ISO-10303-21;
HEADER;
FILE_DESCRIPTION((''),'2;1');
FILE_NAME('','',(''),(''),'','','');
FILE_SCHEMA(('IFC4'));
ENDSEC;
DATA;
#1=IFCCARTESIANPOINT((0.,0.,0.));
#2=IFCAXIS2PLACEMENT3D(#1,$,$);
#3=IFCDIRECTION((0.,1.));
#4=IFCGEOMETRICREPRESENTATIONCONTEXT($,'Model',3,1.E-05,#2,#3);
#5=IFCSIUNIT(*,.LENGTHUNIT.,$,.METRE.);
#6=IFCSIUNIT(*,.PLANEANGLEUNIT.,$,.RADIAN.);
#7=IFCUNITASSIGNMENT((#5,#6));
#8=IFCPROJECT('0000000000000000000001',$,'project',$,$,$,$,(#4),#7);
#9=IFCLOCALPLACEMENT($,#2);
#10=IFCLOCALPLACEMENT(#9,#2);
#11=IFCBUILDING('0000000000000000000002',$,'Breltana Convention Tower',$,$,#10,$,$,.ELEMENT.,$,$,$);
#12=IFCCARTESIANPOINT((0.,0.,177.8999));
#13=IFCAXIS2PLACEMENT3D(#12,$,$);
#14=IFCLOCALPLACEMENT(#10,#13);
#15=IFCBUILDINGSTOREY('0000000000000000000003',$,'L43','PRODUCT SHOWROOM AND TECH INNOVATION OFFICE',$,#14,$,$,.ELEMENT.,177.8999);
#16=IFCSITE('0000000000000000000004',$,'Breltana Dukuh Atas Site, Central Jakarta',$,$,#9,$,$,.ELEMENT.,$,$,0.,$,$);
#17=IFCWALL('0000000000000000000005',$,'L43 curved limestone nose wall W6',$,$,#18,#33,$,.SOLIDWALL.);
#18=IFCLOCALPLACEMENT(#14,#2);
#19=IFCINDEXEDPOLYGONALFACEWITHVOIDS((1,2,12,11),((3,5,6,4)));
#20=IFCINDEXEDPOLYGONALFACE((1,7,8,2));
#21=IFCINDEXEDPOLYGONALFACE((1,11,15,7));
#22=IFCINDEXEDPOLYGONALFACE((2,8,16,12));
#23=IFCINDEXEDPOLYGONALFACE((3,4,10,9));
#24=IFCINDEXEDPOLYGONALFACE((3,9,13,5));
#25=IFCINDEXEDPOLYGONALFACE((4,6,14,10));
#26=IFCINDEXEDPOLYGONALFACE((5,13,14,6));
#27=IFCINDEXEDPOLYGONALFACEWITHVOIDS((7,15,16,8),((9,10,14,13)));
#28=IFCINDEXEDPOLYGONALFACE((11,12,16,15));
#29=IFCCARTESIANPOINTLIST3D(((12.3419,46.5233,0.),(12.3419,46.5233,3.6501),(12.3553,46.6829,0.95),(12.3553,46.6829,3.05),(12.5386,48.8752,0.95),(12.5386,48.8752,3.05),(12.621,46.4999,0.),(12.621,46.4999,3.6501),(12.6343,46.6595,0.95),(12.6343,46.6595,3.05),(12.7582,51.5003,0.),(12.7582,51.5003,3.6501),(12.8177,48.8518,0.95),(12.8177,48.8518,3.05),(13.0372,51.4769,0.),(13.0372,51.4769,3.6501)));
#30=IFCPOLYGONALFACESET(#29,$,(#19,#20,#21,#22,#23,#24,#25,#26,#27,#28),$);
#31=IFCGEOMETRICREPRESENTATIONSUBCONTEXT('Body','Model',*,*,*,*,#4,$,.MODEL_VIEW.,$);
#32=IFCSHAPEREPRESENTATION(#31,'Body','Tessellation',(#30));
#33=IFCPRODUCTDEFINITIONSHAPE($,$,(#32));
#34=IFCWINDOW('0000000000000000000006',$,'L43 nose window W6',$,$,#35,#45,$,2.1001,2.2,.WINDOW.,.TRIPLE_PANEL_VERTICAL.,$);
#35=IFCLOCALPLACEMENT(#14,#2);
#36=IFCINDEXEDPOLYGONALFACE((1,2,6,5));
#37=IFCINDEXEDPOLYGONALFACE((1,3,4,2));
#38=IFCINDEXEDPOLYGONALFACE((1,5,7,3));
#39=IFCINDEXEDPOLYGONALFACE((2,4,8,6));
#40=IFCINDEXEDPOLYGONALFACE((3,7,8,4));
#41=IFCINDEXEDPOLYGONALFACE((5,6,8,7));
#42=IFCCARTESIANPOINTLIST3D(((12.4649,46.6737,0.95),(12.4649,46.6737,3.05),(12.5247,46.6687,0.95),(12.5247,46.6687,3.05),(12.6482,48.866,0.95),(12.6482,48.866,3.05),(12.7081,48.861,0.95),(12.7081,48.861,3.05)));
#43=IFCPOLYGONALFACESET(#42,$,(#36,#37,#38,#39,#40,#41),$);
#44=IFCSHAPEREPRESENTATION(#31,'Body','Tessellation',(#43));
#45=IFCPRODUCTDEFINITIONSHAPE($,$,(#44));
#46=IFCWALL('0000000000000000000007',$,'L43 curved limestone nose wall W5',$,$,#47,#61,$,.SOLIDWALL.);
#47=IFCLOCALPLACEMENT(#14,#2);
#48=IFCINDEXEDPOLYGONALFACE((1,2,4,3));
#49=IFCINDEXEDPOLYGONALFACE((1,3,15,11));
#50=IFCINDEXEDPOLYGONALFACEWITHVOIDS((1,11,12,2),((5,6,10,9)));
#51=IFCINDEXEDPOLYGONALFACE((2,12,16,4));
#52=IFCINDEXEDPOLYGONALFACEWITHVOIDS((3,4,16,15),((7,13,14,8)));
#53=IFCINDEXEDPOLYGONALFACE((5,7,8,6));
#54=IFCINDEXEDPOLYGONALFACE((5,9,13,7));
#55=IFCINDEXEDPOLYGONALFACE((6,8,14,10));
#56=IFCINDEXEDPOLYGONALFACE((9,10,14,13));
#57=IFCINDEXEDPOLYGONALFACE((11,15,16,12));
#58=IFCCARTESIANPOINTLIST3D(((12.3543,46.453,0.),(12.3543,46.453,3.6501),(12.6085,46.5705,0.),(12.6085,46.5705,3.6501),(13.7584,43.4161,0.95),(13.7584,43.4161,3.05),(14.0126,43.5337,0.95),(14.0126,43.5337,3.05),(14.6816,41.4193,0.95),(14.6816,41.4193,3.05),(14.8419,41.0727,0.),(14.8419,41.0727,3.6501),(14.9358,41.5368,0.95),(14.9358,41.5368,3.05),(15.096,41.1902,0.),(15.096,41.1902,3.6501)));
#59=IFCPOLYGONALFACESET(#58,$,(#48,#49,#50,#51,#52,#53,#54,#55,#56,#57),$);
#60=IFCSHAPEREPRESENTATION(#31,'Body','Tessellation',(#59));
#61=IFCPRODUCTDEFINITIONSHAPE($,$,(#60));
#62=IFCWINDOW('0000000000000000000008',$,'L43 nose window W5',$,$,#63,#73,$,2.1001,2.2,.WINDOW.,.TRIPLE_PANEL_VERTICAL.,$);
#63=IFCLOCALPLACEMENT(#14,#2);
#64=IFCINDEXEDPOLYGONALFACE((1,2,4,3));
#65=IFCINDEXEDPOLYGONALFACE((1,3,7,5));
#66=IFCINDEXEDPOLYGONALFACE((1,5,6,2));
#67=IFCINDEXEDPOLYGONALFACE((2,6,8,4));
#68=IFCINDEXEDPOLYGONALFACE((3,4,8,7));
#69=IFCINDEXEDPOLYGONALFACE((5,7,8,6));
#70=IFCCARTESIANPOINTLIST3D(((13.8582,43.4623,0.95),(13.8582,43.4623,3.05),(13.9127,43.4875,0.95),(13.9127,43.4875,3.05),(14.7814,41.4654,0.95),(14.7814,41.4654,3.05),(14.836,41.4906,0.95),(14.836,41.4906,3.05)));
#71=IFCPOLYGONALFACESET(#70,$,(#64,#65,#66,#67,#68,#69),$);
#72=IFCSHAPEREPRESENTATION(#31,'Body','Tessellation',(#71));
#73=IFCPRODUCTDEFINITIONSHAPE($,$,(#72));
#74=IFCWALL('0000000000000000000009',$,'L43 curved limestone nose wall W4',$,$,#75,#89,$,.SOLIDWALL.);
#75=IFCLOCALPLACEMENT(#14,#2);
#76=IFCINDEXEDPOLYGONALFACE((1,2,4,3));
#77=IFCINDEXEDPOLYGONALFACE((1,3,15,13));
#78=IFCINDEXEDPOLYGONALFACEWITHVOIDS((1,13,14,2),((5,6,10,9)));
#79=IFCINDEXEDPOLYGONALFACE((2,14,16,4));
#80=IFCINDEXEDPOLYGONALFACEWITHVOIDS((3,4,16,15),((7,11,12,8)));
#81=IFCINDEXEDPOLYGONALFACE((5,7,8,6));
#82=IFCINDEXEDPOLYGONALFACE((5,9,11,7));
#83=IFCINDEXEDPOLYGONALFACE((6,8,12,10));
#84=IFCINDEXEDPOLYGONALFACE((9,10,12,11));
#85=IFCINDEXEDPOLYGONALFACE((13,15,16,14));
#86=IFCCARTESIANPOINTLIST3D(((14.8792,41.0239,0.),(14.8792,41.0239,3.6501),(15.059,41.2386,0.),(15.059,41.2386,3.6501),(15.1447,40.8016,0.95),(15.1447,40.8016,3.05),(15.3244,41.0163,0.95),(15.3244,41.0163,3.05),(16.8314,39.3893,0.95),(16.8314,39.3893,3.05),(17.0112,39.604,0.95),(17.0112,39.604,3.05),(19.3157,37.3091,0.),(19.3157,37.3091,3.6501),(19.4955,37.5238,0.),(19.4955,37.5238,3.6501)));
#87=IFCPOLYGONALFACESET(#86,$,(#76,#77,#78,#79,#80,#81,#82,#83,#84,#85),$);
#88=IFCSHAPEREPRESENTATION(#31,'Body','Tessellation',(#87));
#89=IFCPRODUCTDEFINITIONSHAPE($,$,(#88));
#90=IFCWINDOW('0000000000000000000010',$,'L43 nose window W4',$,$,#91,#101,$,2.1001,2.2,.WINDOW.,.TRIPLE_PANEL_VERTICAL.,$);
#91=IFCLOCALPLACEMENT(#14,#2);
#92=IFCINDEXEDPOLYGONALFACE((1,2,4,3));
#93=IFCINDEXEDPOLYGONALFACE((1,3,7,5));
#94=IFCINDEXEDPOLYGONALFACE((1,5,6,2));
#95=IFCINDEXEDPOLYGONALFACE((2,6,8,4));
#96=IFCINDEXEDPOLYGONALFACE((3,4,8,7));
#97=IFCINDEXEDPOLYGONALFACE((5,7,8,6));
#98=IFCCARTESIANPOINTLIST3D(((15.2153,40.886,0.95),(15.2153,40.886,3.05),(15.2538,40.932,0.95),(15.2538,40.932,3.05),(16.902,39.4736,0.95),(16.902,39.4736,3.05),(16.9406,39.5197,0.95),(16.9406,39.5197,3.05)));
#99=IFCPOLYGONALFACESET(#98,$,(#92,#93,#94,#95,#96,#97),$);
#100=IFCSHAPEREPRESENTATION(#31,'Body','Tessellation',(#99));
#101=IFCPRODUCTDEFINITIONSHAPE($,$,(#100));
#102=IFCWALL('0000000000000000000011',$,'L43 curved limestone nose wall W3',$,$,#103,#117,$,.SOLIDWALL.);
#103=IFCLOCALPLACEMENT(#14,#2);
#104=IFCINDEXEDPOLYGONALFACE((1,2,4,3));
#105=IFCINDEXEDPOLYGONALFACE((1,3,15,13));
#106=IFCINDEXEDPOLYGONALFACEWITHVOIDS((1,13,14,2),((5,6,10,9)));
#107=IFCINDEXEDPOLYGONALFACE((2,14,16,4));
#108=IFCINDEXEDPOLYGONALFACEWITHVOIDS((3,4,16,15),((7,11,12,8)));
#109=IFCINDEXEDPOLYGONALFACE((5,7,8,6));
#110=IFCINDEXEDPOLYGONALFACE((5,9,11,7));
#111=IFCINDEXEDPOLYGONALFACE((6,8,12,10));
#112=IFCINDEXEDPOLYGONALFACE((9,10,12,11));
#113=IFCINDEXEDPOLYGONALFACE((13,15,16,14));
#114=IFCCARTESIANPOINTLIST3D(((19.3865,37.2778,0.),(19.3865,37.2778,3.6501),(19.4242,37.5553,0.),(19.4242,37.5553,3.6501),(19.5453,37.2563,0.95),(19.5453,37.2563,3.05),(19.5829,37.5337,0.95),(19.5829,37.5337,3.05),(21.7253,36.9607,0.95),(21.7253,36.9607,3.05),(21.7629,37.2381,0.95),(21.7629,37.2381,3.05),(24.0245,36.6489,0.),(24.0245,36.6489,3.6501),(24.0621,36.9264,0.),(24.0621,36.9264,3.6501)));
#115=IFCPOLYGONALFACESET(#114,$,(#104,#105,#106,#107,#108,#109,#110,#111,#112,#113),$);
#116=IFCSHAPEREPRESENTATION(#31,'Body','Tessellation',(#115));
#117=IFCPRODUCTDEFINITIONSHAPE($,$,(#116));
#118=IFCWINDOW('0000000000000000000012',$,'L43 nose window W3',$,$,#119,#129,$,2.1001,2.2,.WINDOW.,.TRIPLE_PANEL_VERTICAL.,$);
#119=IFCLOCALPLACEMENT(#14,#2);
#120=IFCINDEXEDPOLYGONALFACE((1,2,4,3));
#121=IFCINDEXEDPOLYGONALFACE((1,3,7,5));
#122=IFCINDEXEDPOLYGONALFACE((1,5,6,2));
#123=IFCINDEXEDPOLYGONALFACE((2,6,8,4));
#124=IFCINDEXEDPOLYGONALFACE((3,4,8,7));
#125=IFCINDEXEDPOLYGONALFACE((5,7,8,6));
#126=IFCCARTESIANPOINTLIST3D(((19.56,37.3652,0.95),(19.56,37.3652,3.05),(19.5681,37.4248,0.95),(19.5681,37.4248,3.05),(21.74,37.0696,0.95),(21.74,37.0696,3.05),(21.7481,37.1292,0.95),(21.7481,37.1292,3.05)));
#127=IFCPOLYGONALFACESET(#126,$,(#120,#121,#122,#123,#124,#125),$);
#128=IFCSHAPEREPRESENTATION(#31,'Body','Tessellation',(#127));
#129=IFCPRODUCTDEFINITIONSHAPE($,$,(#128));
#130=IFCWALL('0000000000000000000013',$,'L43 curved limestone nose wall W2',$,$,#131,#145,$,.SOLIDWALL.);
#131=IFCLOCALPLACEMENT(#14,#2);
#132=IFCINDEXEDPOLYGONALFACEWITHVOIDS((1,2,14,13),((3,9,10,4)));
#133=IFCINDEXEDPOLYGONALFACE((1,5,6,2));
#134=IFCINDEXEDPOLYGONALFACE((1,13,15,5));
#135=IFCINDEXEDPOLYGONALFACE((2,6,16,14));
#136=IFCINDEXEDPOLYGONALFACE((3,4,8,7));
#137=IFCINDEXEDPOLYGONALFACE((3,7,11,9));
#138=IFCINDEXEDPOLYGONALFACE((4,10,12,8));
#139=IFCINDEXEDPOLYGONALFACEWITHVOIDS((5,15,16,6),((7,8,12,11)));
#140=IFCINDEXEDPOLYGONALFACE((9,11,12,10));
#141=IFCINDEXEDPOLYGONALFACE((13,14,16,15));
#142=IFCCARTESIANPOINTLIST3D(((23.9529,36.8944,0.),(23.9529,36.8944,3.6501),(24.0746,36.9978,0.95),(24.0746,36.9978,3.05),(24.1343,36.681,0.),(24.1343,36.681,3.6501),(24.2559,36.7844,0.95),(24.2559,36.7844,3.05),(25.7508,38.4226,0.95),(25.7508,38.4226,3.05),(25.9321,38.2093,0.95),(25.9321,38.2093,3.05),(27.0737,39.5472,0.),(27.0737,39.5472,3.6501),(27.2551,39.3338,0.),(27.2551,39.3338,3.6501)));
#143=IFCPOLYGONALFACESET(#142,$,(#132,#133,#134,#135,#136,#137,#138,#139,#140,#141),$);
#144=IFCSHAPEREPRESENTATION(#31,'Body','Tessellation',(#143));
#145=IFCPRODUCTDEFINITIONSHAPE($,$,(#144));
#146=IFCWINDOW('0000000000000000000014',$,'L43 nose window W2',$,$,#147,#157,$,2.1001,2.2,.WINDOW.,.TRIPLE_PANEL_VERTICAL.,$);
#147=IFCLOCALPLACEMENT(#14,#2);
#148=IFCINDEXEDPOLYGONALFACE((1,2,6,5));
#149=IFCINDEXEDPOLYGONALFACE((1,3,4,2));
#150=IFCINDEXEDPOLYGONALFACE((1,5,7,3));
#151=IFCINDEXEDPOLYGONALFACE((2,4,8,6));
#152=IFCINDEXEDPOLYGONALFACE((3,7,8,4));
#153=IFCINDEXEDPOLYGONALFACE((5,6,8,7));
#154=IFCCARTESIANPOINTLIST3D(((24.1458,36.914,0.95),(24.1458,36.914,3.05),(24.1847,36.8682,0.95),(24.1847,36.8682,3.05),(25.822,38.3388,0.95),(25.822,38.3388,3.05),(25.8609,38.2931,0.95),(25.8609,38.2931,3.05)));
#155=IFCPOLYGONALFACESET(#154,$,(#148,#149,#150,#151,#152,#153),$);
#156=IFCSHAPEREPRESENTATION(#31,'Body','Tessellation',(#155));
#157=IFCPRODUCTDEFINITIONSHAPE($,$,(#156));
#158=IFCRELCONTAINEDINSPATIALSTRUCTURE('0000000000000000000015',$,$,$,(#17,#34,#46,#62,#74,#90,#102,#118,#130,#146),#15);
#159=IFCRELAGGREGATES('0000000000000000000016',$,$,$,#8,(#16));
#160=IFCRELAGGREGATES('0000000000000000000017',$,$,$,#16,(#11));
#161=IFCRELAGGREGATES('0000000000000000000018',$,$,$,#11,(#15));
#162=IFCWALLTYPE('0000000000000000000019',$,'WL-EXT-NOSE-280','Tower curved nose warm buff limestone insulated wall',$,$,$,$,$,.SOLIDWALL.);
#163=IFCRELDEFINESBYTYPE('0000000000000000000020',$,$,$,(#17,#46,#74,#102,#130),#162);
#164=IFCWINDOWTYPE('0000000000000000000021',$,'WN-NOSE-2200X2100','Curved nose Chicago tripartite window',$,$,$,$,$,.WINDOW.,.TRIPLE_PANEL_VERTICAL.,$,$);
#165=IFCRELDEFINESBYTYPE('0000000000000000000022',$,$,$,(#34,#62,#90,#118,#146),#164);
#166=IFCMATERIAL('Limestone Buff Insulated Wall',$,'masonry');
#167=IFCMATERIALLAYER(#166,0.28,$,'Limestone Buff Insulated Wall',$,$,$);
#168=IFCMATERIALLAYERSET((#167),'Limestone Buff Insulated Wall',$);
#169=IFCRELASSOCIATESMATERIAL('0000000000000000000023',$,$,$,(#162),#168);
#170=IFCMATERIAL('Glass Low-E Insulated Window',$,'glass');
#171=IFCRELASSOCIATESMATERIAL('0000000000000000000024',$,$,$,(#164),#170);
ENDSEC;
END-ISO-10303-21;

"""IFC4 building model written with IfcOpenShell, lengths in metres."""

from ifc_helpers import new_model, si_unit, direction, frame, frame_2d, origin, place, context, subcontext, project, spatial, rectangle, extrude, source, transform, mapped, material, layer, layer_set, type_object, type_shapes, element, fill, save


model = new_model("IFC4")

# Units and contexts
model_context = context("Model", 3, precision=1e-05, world=origin(), true_north=direction((0.0, 1.0)))
body_context = subcontext(model_context, "Body", "Model", "MODEL_VIEW")
ifc_project = project(units=[si_unit("LENGTHUNIT", "METRE"), si_unit("PLANEANGLEUNIT", "RADIAN")], contexts=[model_context])

# Site, building, storey
site_placement = place(None, origin())
site = spatial("IfcSite", under=ifc_project, at=site_placement, Name="Breltana Dukuh Atas Site, Central Jakarta", CompositionType="ELEMENT", RefElevation=0.0)
building_placement = place(site_placement, origin())
building = spatial("IfcBuilding", under=site, at=building_placement, Name="Breltana Convention Tower", CompositionType="ELEMENT")
storey_placement = place(building_placement, frame((0.0, 0.0, 177.8999)))
storey = spatial("IfcBuildingStorey", under=building, at=storey_placement, Name="L43", Description="PRODUCT SHOWROOM AND TECH INNOVATION OFFICE", CompositionType="ELEMENT", Elevation=177.8999)

# Walls, openings, windows
ifc_material_1 = material(Name="Limestone Buff Insulated Wall", Category="masonry")
ifc_layer_1 = layer(ifc_material_1, 0.28, Name="Limestone Buff Insulated Wall")
ifc_layer_set_1 = layer_set([ifc_layer_1], Name="Limestone Buff Insulated Wall")
wall_type_1 = type_object("IfcWallType", Name="WL-EXT-NOSE-280", Description="Tower curved nose warm buff limestone insulated wall", PredefinedType="SOLIDWALL", material=ifc_layer_set_1)
shared_shape_1 = source(origin(), body_context, "Body", "SweptSolid", [
    extrude(rectangle(XDim=4.9944, YDim=0.28, at=frame_2d((2.4971, 0.0))), origin(), (0.0, 0.0, 1.0), 3.6501),
])
wall_1_placement = place(storey_placement, frame((12.4814, 46.5117, 0.0), z_axis=(0.0, 0.0, 1.0), x_axis=(0.083345, 0.996521, 0.0)))
wall_1 = element("IfcWall", 1, at=wall_1_placement, inside=storey, type_object=wall_type_1, Name="L43 curved limestone nose wall W6", PredefinedType="SOLIDWALL", context=body_context, shape_type="MappedRepresentation", body=[
    mapped(shared_shape_1, transform((0.0, 0.0, 0.0), scale=1.0)),
])
opening_1_placement = place(wall_1_placement, frame((0.1599, 0.0, 0.95)))
opening_1 = element("IfcOpeningElement", 2, at=opening_1_placement, cuts=wall_1, PredefinedType="OPENING", context=body_context, shape_type="SweptSolid", body=[
    extrude(rectangle(XDim=2.2, YDim=2.1001, at=frame_2d((1.1001, 1.05))), frame((0.0, 0.1499, 0.0), z_axis=(0.0, -1.0, 0.0), x_axis=(1.0, 0.0, 0.0)), (0.0, 0.0, 1.0), 0.3),
])
ifc_material_2 = material(Name="Glass Low-E Insulated Window", Category="glass")
window_type_1 = type_object("IfcWindowType", Name="WN-NOSE-2200X2100", Description="Curved nose Chicago tripartite window", PartitioningType="TRIPLE_PANEL_VERTICAL", PredefinedType="WINDOW", material=ifc_material_2)
shared_shape_2 = source(origin(), body_context, "Body", "SweptSolid", [
    extrude(rectangle(XDim=2.2, YDim=2.1001, at=frame_2d((1.1001, 1.05))), frame((0.0, 0.03, 0.0), z_axis=(0.0, -1.0, 0.0), x_axis=(1.0, 0.0, 0.0)), (0.0, 0.0, 1.0), 0.0601),
])
type_shapes(window_type_1, [shared_shape_2])
window_1_placement = place(opening_1_placement, origin())
window_1 = element("IfcWindow", 3, at=window_1_placement, inside=storey, type_object=window_type_1, Name="L43 nose window W6", OverallHeight=2.1001, OverallWidth=2.2, PartitioningType="TRIPLE_PANEL_VERTICAL", PredefinedType="WINDOW", context=body_context, shape_type="MappedRepresentation", body=[
    mapped(shared_shape_2, transform((0.0, 0.0, 0.0), scale=1.0)),
])
fill(opening_1, window_1)
shared_shape_3 = source(origin(), body_context, "Body", "SweptSolid", [
    extrude(rectangle(XDim=5.9275, YDim=0.28, at=frame_2d((2.9639, 0.0))), origin(), (0.0, 0.0, 1.0), 3.6501),
])
wall_2_placement = place(storey_placement, frame((14.969, 41.1313, 0.0), z_axis=(0.0, 0.0, 1.0), x_axis=(-0.419656, 0.907683, 0.0)))
wall_2 = element("IfcWall", 4, at=wall_2_placement, inside=storey, type_object=wall_type_1, Name="L43 curved limestone nose wall W5", PredefinedType="SOLIDWALL", context=body_context, shape_type="MappedRepresentation", body=[
    mapped(shared_shape_3, transform((0.0, 0.0, 0.0), scale=1.0)),
])
opening_2_placement = place(wall_2_placement, frame((0.3818, 0.0, 0.95)))
opening_2 = element("IfcOpeningElement", 5, at=opening_2_placement, cuts=wall_2, PredefinedType="OPENING", context=body_context, shape_type="SweptSolid", body=[
    extrude(rectangle(XDim=2.2, YDim=2.1001, at=frame_2d((1.1001, 1.05))), frame((0.0, 0.1499, 0.0), z_axis=(0.0, -1.0, 0.0), x_axis=(1.0, 0.0, 0.0)), (0.0, 0.0, 1.0), 0.3),
])
window_2_placement = place(opening_2_placement, origin())
window_2 = element("IfcWindow", 6, at=window_2_placement, inside=storey, type_object=window_type_1, Name="L43 nose window W5", OverallHeight=2.1001, OverallWidth=2.2, PartitioningType="TRIPLE_PANEL_VERTICAL", PredefinedType="WINDOW", context=body_context, shape_type="MappedRepresentation", body=[
    mapped(shared_shape_2, transform((0.0, 0.0, 0.0), scale=1.0)),
])
fill(opening_2, window_2)
shared_shape_4 = source(origin(), body_context, "Body", "SweptSolid", [
    extrude(rectangle(XDim=5.7864, YDim=0.28, at=frame_2d((2.8931, 0.0))), origin(), (0.0, 0.0, 1.0), 3.6501),
])
wall_3_placement = place(storey_placement, frame((19.4055, 37.4165, 0.0), z_axis=(0.0, 0.0, 1.0), x_axis=(-0.766711, 0.641992, 0.0)))
wall_3 = element("IfcWall", 7, at=wall_3_placement, inside=storey, type_object=wall_type_1, Name="L43 curved limestone nose wall W4", PredefinedType="SOLIDWALL", context=body_context, shape_type="MappedRepresentation", body=[
    mapped(shared_shape_4, transform((0.0, 0.0, 0.0), scale=1.0)),
])
opening_3_placement = place(wall_3_placement, frame((3.24, 0.0, 0.95)))
opening_3 = element("IfcOpeningElement", 8, at=opening_3_placement, cuts=wall_3, PredefinedType="OPENING", context=body_context, shape_type="SweptSolid", body=[
    extrude(rectangle(XDim=2.2, YDim=2.1001, at=frame_2d((1.1001, 1.05))), frame((0.0, 0.1499, 0.0), z_axis=(0.0, -1.0, 0.0), x_axis=(1.0, 0.0, 0.0)), (0.0, 0.0, 1.0), 0.3),
])
window_3_placement = place(opening_3_placement, origin())
window_3 = element("IfcWindow", 9, at=window_3_placement, inside=storey, type_object=window_type_1, Name="L43 nose window W4", OverallHeight=2.1001, OverallWidth=2.2, PartitioningType="TRIPLE_PANEL_VERTICAL", PredefinedType="WINDOW", context=body_context, shape_type="MappedRepresentation", body=[
    mapped(shared_shape_2, transform((0.0, 0.0, 0.0), scale=1.0)),
])
fill(opening_3, window_3)
shared_shape_5 = source(origin(), body_context, "Body", "SweptSolid", [
    extrude(rectangle(XDim=4.6804, YDim=0.28, at=frame_2d((2.3403, 0.0))), origin(), (0.0, 0.0, 1.0), 3.6501),
])
wall_4_placement = place(storey_placement, frame((24.0435, 36.7876, 0.0), z_axis=(0.0, 0.0, 1.0), x_axis=(-0.990931, 0.134371, 0.0)))
wall_4 = element("IfcWall", 10, at=wall_4_placement, inside=storey, type_object=wall_type_1, Name="L43 curved limestone nose wall W3", PredefinedType="SOLIDWALL", context=body_context, shape_type="MappedRepresentation", body=[
    mapped(shared_shape_5, transform((0.0, 0.0, 0.0), scale=1.0)),
])
opening_4_placement = place(wall_4_placement, frame((2.3203, 0.0, 0.95)))
opening_4 = element("IfcOpeningElement", 11, at=opening_4_placement, cuts=wall_4, PredefinedType="OPENING", context=body_context, shape_type="SweptSolid", body=[
    extrude(rectangle(XDim=2.2, YDim=2.1001, at=frame_2d((1.1001, 1.05))), frame((0.0, 0.1499, 0.0), z_axis=(0.0, -1.0, 0.0), x_axis=(1.0, 0.0, 0.0)), (0.0, 0.0, 1.0), 0.3),
])
window_4_placement = place(opening_4_placement, origin())
window_4 = element("IfcWindow", 12, at=window_4_placement, inside=storey, type_object=window_type_1, Name="L43 nose window W3", OverallHeight=2.1001, OverallWidth=2.2, PartitioningType="TRIPLE_PANEL_VERTICAL", PredefinedType="WINDOW", context=body_context, shape_type="MappedRepresentation", body=[
    mapped(shared_shape_2, transform((0.0, 0.0, 0.0), scale=1.0)),
])
fill(opening_4, window_4)
shared_shape_6 = source(origin(), body_context, "Body", "SweptSolid", [
    extrude(rectangle(XDim=4.0959, YDim=0.28, at=frame_2d((2.0479, 0.0))), origin(), (0.0, 0.0, 1.0), 3.6501),
])
wall_5_placement = place(storey_placement, frame((27.1643, 39.4404, 0.0), z_axis=(0.0, 0.0, 1.0), x_axis=(-0.761926, -0.647664, 0.0)))
wall_5 = element("IfcWall", 13, at=wall_5_placement, inside=storey, type_object=wall_type_1, Name="L43 curved limestone nose wall W2", PredefinedType="SOLIDWALL", context=body_context, shape_type="MappedRepresentation", body=[
    mapped(shared_shape_6, transform((0.0, 0.0, 0.0), scale=1.0)),
])
opening_5_placement = place(wall_5_placement, frame((1.7361, 0.0, 0.95)))
opening_5 = element("IfcOpeningElement", 14, at=opening_5_placement, cuts=wall_5, PredefinedType="OPENING", context=body_context, shape_type="SweptSolid", body=[
    extrude(rectangle(XDim=2.2, YDim=2.1001, at=frame_2d((1.1001, 1.05))), frame((0.0, 0.1499, 0.0), z_axis=(0.0, -1.0, 0.0), x_axis=(1.0, 0.0, 0.0)), (0.0, 0.0, 1.0), 0.3),
])
window_5_placement = place(opening_5_placement, origin())
window_5 = element("IfcWindow", 15, at=window_5_placement, inside=storey, type_object=window_type_1, Name="L43 nose window W2", OverallHeight=2.1001, OverallWidth=2.2, PartitioningType="TRIPLE_PANEL_VERTICAL", PredefinedType="WINDOW", context=body_context, shape_type="MappedRepresentation", body=[
    mapped(shared_shape_2, transform((0.0, 0.0, 0.0), scale=1.0)),
])
fill(opening_5, window_5)

save(model, "model.ifc")
